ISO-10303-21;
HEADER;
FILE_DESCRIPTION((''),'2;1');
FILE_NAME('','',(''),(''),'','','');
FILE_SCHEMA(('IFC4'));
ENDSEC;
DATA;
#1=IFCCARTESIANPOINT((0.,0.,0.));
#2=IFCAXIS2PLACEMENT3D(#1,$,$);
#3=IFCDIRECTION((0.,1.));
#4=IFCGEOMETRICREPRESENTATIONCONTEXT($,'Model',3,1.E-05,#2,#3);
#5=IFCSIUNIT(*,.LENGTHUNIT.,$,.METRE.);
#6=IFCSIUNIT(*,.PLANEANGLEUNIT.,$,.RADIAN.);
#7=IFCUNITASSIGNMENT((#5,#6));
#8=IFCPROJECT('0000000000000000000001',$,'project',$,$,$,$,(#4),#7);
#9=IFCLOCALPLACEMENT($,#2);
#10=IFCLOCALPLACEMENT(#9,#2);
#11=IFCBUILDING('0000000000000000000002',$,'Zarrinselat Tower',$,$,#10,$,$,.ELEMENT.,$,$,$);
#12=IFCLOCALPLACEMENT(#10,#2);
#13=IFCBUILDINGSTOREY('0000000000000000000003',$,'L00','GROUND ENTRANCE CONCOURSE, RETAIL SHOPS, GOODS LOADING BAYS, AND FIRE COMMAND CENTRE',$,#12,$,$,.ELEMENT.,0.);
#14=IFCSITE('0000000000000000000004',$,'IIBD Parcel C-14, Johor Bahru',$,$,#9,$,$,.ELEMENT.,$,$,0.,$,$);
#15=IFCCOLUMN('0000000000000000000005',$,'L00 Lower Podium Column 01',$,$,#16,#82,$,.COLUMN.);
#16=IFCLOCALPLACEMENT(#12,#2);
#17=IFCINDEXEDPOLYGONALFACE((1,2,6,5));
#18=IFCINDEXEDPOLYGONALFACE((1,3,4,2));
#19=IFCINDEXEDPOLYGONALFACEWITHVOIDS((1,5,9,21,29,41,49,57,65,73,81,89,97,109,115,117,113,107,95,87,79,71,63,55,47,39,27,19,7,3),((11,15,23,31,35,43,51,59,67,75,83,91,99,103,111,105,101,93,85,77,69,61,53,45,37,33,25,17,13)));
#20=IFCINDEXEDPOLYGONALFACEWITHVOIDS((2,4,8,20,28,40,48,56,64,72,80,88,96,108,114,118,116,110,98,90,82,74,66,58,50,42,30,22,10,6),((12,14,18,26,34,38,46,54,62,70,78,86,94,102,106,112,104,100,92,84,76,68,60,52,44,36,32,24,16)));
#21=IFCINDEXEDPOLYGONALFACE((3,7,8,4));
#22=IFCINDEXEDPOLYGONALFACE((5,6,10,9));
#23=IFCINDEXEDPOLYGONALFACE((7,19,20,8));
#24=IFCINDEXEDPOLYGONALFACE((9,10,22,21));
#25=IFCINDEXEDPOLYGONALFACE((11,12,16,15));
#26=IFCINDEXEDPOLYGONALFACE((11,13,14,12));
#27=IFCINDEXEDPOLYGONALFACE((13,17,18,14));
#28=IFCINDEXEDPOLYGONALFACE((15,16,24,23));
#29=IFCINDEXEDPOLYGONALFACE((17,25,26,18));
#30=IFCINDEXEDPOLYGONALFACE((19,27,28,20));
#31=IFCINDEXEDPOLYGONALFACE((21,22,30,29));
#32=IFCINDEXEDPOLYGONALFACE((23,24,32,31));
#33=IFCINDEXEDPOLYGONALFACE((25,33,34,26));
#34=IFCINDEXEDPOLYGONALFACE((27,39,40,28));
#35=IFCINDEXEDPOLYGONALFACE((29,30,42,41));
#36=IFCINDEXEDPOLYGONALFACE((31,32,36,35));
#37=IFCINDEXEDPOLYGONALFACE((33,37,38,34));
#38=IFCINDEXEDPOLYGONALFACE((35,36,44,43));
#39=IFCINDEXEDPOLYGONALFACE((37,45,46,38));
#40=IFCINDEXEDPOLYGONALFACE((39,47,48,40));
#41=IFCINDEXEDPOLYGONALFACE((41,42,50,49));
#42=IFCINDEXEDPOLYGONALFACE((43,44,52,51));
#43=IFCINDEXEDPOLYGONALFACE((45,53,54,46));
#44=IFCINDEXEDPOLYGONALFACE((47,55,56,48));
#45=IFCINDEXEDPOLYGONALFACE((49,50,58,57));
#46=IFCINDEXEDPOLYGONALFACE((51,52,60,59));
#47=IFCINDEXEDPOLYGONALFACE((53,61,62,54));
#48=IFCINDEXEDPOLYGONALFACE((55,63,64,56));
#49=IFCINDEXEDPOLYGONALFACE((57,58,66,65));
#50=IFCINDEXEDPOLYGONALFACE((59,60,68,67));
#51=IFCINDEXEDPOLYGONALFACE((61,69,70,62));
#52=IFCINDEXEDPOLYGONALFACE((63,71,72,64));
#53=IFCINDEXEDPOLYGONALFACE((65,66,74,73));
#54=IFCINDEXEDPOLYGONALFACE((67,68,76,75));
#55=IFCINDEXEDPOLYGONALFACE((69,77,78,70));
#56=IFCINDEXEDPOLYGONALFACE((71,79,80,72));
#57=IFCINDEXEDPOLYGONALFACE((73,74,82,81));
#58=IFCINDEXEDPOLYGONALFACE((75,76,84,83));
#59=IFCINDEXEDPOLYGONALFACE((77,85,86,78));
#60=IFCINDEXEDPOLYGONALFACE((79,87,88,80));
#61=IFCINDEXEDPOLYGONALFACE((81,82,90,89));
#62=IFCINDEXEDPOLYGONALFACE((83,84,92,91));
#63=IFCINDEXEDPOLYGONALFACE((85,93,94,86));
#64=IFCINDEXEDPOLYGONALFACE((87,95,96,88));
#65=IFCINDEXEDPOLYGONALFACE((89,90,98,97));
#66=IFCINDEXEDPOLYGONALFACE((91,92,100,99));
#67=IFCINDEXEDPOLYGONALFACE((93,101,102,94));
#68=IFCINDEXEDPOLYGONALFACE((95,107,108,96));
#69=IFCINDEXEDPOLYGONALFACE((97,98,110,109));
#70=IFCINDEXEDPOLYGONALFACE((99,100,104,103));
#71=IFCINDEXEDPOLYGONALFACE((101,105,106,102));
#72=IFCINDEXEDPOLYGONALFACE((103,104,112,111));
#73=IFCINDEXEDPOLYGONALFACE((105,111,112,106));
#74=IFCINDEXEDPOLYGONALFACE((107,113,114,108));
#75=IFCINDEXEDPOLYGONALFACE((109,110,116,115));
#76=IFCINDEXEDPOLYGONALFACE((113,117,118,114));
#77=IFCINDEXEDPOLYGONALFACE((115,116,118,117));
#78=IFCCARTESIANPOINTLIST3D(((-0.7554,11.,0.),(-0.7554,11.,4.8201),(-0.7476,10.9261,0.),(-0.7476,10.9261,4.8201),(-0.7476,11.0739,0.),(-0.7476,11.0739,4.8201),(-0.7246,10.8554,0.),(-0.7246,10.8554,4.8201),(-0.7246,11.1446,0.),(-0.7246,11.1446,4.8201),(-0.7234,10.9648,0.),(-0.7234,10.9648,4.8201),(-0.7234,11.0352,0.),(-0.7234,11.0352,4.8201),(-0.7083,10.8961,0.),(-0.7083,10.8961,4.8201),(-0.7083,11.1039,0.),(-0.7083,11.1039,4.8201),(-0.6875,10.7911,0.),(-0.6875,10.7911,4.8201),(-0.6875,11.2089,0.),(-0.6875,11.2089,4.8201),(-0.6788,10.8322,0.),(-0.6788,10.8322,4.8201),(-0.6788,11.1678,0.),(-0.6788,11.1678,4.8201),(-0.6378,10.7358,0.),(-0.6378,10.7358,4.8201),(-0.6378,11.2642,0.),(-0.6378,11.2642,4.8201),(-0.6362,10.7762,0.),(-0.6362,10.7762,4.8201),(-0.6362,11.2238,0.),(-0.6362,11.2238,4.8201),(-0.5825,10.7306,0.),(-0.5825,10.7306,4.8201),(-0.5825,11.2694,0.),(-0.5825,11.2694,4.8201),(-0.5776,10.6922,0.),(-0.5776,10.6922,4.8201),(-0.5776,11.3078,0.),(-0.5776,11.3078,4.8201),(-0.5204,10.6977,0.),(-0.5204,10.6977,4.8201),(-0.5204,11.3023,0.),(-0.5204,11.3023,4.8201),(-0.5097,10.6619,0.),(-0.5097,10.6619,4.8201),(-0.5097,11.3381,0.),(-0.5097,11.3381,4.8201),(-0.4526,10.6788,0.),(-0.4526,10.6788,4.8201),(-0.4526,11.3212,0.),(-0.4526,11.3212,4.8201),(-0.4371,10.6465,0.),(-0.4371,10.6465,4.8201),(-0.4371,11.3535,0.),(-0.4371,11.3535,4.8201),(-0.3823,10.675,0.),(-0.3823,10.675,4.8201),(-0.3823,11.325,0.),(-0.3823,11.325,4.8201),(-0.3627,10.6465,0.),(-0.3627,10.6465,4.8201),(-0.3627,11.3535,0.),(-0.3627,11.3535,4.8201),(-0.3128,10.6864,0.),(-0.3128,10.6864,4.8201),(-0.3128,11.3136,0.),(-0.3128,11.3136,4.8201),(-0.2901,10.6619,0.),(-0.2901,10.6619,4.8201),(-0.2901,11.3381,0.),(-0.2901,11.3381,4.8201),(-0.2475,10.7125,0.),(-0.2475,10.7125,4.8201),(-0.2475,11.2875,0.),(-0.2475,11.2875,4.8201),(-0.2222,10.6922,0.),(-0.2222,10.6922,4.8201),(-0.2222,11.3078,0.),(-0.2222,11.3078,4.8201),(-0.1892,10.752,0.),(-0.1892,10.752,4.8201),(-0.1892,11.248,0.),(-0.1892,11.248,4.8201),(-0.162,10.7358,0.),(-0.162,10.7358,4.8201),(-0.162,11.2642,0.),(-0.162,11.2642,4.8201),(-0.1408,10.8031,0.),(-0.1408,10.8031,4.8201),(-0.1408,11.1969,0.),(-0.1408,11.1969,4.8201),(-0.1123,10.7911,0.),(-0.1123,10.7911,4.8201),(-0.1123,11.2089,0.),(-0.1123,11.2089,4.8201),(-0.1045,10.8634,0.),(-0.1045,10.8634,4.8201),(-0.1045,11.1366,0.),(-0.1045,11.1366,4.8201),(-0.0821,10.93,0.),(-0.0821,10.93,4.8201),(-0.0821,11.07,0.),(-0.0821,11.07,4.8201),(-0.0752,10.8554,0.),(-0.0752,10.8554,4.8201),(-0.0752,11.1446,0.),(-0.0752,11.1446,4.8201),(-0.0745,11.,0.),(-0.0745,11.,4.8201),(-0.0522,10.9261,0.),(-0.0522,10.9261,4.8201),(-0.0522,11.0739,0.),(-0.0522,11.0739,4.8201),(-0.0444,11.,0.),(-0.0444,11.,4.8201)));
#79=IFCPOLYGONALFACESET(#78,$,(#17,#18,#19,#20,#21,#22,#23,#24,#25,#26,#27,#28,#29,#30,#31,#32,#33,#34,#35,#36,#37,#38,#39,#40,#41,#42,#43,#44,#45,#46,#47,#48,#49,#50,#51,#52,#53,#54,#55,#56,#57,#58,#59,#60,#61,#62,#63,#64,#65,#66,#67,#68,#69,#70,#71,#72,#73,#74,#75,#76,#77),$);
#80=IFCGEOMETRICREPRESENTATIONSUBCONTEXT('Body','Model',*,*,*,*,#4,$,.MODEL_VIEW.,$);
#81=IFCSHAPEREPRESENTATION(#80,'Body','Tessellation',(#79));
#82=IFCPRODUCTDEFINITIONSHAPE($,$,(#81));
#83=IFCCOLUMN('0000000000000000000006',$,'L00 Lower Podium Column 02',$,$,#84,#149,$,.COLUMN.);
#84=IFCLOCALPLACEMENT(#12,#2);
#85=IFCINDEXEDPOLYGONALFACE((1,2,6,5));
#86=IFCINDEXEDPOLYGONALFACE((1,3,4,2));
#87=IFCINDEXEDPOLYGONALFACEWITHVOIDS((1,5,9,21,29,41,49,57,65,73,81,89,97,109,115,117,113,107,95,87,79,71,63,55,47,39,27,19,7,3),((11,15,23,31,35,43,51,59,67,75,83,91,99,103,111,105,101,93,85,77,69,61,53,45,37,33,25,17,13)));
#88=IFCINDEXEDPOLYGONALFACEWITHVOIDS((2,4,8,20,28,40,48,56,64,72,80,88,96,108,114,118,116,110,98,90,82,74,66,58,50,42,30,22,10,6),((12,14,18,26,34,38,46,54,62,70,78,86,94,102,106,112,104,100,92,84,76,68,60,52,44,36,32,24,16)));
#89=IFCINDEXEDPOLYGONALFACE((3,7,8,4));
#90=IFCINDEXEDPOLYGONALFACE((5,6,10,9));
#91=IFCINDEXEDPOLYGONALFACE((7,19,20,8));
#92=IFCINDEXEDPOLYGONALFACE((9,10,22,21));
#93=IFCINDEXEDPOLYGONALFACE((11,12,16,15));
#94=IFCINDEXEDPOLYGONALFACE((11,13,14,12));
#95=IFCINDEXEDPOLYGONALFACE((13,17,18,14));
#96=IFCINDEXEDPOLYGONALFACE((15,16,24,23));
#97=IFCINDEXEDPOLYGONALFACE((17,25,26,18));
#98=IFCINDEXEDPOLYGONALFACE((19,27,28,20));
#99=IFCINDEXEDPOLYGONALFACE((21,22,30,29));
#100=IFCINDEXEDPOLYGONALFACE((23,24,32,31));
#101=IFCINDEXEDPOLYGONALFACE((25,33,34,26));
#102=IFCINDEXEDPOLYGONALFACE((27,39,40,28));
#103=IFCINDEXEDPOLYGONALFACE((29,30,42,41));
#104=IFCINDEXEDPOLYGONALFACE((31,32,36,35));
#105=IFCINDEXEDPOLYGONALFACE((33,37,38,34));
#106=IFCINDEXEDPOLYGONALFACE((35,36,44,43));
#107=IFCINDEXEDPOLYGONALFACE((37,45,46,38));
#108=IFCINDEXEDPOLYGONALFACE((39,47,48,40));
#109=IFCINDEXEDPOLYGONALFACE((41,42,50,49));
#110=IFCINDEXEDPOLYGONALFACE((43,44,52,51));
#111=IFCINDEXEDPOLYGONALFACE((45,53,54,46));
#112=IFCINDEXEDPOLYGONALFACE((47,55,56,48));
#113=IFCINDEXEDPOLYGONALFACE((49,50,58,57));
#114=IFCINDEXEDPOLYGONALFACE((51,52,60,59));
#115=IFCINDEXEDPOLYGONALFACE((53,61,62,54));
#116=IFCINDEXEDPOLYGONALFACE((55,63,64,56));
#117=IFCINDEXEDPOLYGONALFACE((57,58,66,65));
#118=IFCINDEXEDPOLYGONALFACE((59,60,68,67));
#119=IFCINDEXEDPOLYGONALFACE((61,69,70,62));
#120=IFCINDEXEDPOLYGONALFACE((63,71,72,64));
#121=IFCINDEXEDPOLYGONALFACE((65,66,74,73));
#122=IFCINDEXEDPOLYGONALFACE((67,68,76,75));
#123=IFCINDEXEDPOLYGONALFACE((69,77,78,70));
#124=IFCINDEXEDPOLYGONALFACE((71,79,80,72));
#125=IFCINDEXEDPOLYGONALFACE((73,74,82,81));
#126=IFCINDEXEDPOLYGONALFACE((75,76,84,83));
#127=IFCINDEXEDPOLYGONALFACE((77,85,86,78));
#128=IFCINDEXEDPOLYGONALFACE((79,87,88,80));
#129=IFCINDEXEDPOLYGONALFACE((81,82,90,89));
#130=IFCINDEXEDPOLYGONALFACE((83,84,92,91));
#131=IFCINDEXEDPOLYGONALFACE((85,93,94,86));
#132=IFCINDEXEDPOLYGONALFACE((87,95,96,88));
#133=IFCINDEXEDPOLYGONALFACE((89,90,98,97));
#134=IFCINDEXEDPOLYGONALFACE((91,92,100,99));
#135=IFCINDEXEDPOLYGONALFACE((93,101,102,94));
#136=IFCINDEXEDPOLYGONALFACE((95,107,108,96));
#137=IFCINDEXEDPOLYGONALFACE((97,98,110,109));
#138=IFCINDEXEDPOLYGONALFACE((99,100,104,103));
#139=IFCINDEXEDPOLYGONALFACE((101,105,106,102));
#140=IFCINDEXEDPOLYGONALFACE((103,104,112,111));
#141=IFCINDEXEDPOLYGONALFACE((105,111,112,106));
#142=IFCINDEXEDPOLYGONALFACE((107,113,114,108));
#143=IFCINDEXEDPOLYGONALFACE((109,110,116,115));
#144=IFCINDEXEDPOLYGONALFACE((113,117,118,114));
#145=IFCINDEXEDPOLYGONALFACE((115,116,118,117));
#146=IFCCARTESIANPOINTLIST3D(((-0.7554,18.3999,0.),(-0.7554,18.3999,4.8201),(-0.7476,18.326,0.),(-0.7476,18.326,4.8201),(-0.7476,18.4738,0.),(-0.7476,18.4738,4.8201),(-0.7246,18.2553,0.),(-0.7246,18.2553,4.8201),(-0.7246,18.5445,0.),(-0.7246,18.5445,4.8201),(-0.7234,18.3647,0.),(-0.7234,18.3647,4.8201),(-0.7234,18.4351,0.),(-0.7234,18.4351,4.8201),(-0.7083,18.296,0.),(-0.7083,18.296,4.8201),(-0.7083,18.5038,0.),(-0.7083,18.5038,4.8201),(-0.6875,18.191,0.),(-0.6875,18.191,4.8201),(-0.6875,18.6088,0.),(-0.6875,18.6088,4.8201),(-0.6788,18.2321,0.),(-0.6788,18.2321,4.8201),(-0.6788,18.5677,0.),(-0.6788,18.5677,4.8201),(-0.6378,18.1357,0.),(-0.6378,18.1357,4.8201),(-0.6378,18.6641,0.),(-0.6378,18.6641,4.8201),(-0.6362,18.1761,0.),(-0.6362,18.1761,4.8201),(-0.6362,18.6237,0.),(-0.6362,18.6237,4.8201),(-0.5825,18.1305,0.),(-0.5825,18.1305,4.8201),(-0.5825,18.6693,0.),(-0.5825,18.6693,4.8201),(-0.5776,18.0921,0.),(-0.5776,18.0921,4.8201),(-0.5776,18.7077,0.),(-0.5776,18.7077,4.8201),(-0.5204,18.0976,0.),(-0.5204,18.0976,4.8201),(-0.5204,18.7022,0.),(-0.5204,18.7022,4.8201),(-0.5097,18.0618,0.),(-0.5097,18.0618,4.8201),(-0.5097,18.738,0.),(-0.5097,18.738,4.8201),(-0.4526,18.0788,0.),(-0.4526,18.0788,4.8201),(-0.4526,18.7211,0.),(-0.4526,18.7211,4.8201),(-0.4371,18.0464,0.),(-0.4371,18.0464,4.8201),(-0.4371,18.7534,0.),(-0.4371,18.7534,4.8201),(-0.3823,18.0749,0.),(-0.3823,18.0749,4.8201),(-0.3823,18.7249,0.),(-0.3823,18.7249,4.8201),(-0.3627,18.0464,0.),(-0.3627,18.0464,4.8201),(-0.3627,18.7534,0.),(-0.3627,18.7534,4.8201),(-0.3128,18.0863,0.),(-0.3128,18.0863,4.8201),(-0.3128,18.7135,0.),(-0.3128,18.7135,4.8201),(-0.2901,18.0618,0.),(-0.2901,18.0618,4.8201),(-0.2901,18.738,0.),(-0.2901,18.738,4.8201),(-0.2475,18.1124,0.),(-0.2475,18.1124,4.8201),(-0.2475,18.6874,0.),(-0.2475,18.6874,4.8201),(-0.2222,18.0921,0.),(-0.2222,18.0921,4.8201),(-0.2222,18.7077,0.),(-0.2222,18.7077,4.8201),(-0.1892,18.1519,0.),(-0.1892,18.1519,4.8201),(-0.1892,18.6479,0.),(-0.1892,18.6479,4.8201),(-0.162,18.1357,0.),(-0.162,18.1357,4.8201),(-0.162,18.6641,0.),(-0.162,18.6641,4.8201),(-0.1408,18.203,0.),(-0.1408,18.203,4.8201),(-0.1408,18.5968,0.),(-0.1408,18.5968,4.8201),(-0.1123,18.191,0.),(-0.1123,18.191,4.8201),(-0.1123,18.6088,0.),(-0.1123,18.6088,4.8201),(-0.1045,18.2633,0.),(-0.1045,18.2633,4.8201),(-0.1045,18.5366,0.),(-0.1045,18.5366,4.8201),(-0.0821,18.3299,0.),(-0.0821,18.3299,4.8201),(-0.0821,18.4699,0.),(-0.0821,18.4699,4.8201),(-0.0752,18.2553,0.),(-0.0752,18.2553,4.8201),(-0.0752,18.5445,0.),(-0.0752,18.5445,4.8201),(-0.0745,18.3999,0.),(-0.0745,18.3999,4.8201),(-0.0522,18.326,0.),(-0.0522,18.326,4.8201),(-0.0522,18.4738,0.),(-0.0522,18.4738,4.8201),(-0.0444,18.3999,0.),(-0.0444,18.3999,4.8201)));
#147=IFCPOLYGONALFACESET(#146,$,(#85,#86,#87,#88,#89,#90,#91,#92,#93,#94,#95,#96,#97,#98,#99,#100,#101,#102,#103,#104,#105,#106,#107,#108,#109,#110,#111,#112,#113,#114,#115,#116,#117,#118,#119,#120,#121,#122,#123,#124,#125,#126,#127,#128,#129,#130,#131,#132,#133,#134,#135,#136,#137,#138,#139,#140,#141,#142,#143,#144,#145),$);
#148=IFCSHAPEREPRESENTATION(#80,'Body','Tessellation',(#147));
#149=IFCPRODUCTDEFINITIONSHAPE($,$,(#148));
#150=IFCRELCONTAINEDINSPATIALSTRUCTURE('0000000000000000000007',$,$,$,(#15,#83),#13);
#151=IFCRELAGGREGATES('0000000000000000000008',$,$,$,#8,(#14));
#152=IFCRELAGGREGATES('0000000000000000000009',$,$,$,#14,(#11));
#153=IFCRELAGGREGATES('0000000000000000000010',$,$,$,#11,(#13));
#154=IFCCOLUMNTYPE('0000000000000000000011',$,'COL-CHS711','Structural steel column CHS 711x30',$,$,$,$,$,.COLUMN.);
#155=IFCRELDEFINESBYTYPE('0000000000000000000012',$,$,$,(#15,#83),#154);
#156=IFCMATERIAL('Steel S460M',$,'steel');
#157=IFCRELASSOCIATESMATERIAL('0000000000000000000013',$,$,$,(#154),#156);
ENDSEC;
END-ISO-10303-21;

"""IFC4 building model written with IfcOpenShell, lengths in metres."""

from ifc_helpers import new_model, si_unit, direction, frame, origin, origin_2d, place, context, subcontext, project, spatial, hollow_circle, extrude, material, material_profile, profile_set, type_object, element, save


model = new_model("IFC4")

# Units and contexts
model_context = context("Model", 3, precision=1e-05, world=origin(), true_north=direction((0.0, 1.0)))
body_context = subcontext(model_context, "Body", "Model", "MODEL_VIEW")
ifc_project = project(units=[si_unit("LENGTHUNIT", "METRE"), si_unit("PLANEANGLEUNIT", "RADIAN")], contexts=[model_context])

# Site, building, storey
site_placement = place(None, origin())
site = spatial("IfcSite", under=ifc_project, at=site_placement, Name="IIBD Parcel C-14, Johor Bahru", CompositionType="ELEMENT", RefElevation=0.0)
building_placement = place(site_placement, origin())
building = spatial("IfcBuilding", under=site, at=building_placement, Name="Zarrinselat Tower", CompositionType="ELEMENT")
storey_placement = place(building_placement, origin())
storey = spatial("IfcBuildingStorey", under=building, at=storey_placement, Name="L00", Description="GROUND ENTRANCE CONCOURSE, RETAIL SHOPS, GOODS LOADING BAYS, AND FIRE COMMAND CENTRE", CompositionType="ELEMENT", Elevation=0.0)

# Columns
ifc_material_1 = material(Name="Steel S460M", Category="steel")
ifc_material_profile_1 = material_profile(ifc_material_1, hollow_circle(Radius=0.3555, WallThickness=0.03, at=origin_2d()), Name="CHS 711x30")
ifc_profile_set_1 = profile_set([ifc_material_profile_1], Name="Steel S460M")
column_type = type_object("IfcColumnType", Name="COL-CHS711", Description="Structural steel column CHS 711x30", PredefinedType="COLUMN", material=ifc_profile_set_1)
for number, where, z_axis, x_axis, name in (
    (1, (-0.3999, 11.0, 0.0), (0.0, 0.0, 1.0), (1.0, 0.0, 0.0), "L00 Lower Podium Column 01"),
    (2, (-0.3999, 18.3999, 0.0), (0.0, 0.0, 1.0), (1.0, 0.0, 0.0), "L00 Lower Podium Column 02"),
):
    element("IfcColumn", number, at=place(storey_placement, frame(where, z_axis=z_axis, x_axis=x_axis)), inside=storey, type_object=column_type, Name=name, PredefinedType="COLUMN", context=body_context, shape_type="SweptSolid", body=[
        extrude(hollow_circle(Radius=0.3555, WallThickness=0.03, at=origin_2d()), origin(), (0.0, 0.0, 1.0), 4.8201),
    ])

save(model, "model.ifc")
